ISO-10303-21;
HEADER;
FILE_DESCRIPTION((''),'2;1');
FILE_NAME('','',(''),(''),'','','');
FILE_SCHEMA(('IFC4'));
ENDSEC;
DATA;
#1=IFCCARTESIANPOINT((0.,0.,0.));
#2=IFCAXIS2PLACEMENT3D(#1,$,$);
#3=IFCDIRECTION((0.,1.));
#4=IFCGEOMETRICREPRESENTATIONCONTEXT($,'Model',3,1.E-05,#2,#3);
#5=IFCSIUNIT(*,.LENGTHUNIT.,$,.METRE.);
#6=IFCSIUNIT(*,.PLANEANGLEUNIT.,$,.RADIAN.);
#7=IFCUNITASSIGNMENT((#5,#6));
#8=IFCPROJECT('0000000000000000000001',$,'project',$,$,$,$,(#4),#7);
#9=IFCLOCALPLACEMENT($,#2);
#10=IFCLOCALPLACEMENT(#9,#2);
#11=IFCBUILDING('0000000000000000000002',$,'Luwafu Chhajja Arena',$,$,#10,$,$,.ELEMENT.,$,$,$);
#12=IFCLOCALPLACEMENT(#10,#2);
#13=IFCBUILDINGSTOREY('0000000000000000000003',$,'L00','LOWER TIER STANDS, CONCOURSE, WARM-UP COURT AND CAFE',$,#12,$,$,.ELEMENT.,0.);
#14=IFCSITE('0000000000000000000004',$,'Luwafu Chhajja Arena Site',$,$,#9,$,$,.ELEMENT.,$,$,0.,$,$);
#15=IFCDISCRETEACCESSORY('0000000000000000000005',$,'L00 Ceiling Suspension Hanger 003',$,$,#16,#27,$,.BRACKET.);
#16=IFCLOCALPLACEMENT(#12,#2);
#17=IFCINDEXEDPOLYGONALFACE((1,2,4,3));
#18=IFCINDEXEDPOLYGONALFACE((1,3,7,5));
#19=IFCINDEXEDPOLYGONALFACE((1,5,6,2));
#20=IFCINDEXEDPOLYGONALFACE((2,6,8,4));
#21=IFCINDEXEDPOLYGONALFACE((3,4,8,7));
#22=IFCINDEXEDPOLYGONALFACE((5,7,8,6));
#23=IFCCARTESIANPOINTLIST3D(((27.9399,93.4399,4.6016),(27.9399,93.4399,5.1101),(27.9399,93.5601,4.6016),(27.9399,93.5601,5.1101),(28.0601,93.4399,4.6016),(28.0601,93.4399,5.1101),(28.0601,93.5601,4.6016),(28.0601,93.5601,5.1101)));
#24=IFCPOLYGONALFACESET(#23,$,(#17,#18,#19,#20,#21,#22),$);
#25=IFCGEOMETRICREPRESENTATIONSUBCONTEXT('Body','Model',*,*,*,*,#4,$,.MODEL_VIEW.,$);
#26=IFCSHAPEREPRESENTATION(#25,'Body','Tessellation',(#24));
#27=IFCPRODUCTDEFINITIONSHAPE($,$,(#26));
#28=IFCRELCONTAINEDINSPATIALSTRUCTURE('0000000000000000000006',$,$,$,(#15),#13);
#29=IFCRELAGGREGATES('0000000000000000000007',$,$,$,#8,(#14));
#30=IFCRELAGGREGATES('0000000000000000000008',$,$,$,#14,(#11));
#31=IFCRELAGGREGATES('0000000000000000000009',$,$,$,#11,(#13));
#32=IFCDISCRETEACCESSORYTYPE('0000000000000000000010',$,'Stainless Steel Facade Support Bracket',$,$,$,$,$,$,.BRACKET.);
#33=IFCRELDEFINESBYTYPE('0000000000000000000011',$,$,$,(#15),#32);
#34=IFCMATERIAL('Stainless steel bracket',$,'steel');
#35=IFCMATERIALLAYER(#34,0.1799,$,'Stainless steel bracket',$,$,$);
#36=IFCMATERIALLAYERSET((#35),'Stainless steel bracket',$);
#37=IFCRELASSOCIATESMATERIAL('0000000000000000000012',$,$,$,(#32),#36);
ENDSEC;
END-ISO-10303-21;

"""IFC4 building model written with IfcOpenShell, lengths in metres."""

from ifc_helpers import new_model, si_unit, direction, frame, origin, origin_2d, place, context, subcontext, project, spatial, rectangle, extrude, material, layer, layer_set, type_object, element, save


model = new_model("IFC4")

# Units and contexts
model_context = context("Model", 3, precision=1e-05, world=origin(), true_north=direction((0.0, 1.0)))
body_context = subcontext(model_context, "Body", "Model", "MODEL_VIEW")
ifc_project = project(units=[si_unit("LENGTHUNIT", "METRE"), si_unit("PLANEANGLEUNIT", "RADIAN")], contexts=[model_context])

# Site, building, storey
site_placement = place(None, origin())
site = spatial("IfcSite", under=ifc_project, at=site_placement, Name="Luwafu Chhajja Arena Site", CompositionType="ELEMENT", RefElevation=0.0)
building_placement = place(site_placement, origin())
building = spatial("IfcBuilding", under=site, at=building_placement, Name="Luwafu Chhajja Arena", CompositionType="ELEMENT")
storey_placement = place(building_placement, origin())
storey = spatial("IfcBuildingStorey", under=building, at=storey_placement, Name="L00", Description="LOWER TIER STANDS, CONCOURSE, WARM-UP COURT AND CAFE", CompositionType="ELEMENT", Elevation=0.0)

# Discrete accessory
ifc_material_1 = material(Name="Stainless steel bracket", Category="steel")
ifc_layer_1 = layer(ifc_material_1, 0.1799, Name="Stainless steel bracket")
ifc_layer_set_1 = layer_set([ifc_layer_1], Name="Stainless steel bracket")
discrete_accessory_type = type_object("IfcDiscreteAccessoryType", Name="Stainless Steel Facade Support Bracket", PredefinedType="BRACKET", material=ifc_layer_set_1)
discrete_accessory_placement = place(storey_placement, frame((28.0, 93.5, 4.6016), z_axis=(0.0, 0.0, 1.0), x_axis=(1.0, 0.0, 0.0)))
element("IfcDiscreteAccessory", 1, at=discrete_accessory_placement, inside=storey, type_object=discrete_accessory_type, Name="L00 Ceiling Suspension Hanger 003", PredefinedType="BRACKET", context=body_context, shape_type="SweptSolid", body=[
    extrude(rectangle(XDim=0.1201, YDim=0.1201, at=origin_2d()), origin(), (0.0, 0.0, 1.0), 0.5085),
])

save(model, "model.ifc")
